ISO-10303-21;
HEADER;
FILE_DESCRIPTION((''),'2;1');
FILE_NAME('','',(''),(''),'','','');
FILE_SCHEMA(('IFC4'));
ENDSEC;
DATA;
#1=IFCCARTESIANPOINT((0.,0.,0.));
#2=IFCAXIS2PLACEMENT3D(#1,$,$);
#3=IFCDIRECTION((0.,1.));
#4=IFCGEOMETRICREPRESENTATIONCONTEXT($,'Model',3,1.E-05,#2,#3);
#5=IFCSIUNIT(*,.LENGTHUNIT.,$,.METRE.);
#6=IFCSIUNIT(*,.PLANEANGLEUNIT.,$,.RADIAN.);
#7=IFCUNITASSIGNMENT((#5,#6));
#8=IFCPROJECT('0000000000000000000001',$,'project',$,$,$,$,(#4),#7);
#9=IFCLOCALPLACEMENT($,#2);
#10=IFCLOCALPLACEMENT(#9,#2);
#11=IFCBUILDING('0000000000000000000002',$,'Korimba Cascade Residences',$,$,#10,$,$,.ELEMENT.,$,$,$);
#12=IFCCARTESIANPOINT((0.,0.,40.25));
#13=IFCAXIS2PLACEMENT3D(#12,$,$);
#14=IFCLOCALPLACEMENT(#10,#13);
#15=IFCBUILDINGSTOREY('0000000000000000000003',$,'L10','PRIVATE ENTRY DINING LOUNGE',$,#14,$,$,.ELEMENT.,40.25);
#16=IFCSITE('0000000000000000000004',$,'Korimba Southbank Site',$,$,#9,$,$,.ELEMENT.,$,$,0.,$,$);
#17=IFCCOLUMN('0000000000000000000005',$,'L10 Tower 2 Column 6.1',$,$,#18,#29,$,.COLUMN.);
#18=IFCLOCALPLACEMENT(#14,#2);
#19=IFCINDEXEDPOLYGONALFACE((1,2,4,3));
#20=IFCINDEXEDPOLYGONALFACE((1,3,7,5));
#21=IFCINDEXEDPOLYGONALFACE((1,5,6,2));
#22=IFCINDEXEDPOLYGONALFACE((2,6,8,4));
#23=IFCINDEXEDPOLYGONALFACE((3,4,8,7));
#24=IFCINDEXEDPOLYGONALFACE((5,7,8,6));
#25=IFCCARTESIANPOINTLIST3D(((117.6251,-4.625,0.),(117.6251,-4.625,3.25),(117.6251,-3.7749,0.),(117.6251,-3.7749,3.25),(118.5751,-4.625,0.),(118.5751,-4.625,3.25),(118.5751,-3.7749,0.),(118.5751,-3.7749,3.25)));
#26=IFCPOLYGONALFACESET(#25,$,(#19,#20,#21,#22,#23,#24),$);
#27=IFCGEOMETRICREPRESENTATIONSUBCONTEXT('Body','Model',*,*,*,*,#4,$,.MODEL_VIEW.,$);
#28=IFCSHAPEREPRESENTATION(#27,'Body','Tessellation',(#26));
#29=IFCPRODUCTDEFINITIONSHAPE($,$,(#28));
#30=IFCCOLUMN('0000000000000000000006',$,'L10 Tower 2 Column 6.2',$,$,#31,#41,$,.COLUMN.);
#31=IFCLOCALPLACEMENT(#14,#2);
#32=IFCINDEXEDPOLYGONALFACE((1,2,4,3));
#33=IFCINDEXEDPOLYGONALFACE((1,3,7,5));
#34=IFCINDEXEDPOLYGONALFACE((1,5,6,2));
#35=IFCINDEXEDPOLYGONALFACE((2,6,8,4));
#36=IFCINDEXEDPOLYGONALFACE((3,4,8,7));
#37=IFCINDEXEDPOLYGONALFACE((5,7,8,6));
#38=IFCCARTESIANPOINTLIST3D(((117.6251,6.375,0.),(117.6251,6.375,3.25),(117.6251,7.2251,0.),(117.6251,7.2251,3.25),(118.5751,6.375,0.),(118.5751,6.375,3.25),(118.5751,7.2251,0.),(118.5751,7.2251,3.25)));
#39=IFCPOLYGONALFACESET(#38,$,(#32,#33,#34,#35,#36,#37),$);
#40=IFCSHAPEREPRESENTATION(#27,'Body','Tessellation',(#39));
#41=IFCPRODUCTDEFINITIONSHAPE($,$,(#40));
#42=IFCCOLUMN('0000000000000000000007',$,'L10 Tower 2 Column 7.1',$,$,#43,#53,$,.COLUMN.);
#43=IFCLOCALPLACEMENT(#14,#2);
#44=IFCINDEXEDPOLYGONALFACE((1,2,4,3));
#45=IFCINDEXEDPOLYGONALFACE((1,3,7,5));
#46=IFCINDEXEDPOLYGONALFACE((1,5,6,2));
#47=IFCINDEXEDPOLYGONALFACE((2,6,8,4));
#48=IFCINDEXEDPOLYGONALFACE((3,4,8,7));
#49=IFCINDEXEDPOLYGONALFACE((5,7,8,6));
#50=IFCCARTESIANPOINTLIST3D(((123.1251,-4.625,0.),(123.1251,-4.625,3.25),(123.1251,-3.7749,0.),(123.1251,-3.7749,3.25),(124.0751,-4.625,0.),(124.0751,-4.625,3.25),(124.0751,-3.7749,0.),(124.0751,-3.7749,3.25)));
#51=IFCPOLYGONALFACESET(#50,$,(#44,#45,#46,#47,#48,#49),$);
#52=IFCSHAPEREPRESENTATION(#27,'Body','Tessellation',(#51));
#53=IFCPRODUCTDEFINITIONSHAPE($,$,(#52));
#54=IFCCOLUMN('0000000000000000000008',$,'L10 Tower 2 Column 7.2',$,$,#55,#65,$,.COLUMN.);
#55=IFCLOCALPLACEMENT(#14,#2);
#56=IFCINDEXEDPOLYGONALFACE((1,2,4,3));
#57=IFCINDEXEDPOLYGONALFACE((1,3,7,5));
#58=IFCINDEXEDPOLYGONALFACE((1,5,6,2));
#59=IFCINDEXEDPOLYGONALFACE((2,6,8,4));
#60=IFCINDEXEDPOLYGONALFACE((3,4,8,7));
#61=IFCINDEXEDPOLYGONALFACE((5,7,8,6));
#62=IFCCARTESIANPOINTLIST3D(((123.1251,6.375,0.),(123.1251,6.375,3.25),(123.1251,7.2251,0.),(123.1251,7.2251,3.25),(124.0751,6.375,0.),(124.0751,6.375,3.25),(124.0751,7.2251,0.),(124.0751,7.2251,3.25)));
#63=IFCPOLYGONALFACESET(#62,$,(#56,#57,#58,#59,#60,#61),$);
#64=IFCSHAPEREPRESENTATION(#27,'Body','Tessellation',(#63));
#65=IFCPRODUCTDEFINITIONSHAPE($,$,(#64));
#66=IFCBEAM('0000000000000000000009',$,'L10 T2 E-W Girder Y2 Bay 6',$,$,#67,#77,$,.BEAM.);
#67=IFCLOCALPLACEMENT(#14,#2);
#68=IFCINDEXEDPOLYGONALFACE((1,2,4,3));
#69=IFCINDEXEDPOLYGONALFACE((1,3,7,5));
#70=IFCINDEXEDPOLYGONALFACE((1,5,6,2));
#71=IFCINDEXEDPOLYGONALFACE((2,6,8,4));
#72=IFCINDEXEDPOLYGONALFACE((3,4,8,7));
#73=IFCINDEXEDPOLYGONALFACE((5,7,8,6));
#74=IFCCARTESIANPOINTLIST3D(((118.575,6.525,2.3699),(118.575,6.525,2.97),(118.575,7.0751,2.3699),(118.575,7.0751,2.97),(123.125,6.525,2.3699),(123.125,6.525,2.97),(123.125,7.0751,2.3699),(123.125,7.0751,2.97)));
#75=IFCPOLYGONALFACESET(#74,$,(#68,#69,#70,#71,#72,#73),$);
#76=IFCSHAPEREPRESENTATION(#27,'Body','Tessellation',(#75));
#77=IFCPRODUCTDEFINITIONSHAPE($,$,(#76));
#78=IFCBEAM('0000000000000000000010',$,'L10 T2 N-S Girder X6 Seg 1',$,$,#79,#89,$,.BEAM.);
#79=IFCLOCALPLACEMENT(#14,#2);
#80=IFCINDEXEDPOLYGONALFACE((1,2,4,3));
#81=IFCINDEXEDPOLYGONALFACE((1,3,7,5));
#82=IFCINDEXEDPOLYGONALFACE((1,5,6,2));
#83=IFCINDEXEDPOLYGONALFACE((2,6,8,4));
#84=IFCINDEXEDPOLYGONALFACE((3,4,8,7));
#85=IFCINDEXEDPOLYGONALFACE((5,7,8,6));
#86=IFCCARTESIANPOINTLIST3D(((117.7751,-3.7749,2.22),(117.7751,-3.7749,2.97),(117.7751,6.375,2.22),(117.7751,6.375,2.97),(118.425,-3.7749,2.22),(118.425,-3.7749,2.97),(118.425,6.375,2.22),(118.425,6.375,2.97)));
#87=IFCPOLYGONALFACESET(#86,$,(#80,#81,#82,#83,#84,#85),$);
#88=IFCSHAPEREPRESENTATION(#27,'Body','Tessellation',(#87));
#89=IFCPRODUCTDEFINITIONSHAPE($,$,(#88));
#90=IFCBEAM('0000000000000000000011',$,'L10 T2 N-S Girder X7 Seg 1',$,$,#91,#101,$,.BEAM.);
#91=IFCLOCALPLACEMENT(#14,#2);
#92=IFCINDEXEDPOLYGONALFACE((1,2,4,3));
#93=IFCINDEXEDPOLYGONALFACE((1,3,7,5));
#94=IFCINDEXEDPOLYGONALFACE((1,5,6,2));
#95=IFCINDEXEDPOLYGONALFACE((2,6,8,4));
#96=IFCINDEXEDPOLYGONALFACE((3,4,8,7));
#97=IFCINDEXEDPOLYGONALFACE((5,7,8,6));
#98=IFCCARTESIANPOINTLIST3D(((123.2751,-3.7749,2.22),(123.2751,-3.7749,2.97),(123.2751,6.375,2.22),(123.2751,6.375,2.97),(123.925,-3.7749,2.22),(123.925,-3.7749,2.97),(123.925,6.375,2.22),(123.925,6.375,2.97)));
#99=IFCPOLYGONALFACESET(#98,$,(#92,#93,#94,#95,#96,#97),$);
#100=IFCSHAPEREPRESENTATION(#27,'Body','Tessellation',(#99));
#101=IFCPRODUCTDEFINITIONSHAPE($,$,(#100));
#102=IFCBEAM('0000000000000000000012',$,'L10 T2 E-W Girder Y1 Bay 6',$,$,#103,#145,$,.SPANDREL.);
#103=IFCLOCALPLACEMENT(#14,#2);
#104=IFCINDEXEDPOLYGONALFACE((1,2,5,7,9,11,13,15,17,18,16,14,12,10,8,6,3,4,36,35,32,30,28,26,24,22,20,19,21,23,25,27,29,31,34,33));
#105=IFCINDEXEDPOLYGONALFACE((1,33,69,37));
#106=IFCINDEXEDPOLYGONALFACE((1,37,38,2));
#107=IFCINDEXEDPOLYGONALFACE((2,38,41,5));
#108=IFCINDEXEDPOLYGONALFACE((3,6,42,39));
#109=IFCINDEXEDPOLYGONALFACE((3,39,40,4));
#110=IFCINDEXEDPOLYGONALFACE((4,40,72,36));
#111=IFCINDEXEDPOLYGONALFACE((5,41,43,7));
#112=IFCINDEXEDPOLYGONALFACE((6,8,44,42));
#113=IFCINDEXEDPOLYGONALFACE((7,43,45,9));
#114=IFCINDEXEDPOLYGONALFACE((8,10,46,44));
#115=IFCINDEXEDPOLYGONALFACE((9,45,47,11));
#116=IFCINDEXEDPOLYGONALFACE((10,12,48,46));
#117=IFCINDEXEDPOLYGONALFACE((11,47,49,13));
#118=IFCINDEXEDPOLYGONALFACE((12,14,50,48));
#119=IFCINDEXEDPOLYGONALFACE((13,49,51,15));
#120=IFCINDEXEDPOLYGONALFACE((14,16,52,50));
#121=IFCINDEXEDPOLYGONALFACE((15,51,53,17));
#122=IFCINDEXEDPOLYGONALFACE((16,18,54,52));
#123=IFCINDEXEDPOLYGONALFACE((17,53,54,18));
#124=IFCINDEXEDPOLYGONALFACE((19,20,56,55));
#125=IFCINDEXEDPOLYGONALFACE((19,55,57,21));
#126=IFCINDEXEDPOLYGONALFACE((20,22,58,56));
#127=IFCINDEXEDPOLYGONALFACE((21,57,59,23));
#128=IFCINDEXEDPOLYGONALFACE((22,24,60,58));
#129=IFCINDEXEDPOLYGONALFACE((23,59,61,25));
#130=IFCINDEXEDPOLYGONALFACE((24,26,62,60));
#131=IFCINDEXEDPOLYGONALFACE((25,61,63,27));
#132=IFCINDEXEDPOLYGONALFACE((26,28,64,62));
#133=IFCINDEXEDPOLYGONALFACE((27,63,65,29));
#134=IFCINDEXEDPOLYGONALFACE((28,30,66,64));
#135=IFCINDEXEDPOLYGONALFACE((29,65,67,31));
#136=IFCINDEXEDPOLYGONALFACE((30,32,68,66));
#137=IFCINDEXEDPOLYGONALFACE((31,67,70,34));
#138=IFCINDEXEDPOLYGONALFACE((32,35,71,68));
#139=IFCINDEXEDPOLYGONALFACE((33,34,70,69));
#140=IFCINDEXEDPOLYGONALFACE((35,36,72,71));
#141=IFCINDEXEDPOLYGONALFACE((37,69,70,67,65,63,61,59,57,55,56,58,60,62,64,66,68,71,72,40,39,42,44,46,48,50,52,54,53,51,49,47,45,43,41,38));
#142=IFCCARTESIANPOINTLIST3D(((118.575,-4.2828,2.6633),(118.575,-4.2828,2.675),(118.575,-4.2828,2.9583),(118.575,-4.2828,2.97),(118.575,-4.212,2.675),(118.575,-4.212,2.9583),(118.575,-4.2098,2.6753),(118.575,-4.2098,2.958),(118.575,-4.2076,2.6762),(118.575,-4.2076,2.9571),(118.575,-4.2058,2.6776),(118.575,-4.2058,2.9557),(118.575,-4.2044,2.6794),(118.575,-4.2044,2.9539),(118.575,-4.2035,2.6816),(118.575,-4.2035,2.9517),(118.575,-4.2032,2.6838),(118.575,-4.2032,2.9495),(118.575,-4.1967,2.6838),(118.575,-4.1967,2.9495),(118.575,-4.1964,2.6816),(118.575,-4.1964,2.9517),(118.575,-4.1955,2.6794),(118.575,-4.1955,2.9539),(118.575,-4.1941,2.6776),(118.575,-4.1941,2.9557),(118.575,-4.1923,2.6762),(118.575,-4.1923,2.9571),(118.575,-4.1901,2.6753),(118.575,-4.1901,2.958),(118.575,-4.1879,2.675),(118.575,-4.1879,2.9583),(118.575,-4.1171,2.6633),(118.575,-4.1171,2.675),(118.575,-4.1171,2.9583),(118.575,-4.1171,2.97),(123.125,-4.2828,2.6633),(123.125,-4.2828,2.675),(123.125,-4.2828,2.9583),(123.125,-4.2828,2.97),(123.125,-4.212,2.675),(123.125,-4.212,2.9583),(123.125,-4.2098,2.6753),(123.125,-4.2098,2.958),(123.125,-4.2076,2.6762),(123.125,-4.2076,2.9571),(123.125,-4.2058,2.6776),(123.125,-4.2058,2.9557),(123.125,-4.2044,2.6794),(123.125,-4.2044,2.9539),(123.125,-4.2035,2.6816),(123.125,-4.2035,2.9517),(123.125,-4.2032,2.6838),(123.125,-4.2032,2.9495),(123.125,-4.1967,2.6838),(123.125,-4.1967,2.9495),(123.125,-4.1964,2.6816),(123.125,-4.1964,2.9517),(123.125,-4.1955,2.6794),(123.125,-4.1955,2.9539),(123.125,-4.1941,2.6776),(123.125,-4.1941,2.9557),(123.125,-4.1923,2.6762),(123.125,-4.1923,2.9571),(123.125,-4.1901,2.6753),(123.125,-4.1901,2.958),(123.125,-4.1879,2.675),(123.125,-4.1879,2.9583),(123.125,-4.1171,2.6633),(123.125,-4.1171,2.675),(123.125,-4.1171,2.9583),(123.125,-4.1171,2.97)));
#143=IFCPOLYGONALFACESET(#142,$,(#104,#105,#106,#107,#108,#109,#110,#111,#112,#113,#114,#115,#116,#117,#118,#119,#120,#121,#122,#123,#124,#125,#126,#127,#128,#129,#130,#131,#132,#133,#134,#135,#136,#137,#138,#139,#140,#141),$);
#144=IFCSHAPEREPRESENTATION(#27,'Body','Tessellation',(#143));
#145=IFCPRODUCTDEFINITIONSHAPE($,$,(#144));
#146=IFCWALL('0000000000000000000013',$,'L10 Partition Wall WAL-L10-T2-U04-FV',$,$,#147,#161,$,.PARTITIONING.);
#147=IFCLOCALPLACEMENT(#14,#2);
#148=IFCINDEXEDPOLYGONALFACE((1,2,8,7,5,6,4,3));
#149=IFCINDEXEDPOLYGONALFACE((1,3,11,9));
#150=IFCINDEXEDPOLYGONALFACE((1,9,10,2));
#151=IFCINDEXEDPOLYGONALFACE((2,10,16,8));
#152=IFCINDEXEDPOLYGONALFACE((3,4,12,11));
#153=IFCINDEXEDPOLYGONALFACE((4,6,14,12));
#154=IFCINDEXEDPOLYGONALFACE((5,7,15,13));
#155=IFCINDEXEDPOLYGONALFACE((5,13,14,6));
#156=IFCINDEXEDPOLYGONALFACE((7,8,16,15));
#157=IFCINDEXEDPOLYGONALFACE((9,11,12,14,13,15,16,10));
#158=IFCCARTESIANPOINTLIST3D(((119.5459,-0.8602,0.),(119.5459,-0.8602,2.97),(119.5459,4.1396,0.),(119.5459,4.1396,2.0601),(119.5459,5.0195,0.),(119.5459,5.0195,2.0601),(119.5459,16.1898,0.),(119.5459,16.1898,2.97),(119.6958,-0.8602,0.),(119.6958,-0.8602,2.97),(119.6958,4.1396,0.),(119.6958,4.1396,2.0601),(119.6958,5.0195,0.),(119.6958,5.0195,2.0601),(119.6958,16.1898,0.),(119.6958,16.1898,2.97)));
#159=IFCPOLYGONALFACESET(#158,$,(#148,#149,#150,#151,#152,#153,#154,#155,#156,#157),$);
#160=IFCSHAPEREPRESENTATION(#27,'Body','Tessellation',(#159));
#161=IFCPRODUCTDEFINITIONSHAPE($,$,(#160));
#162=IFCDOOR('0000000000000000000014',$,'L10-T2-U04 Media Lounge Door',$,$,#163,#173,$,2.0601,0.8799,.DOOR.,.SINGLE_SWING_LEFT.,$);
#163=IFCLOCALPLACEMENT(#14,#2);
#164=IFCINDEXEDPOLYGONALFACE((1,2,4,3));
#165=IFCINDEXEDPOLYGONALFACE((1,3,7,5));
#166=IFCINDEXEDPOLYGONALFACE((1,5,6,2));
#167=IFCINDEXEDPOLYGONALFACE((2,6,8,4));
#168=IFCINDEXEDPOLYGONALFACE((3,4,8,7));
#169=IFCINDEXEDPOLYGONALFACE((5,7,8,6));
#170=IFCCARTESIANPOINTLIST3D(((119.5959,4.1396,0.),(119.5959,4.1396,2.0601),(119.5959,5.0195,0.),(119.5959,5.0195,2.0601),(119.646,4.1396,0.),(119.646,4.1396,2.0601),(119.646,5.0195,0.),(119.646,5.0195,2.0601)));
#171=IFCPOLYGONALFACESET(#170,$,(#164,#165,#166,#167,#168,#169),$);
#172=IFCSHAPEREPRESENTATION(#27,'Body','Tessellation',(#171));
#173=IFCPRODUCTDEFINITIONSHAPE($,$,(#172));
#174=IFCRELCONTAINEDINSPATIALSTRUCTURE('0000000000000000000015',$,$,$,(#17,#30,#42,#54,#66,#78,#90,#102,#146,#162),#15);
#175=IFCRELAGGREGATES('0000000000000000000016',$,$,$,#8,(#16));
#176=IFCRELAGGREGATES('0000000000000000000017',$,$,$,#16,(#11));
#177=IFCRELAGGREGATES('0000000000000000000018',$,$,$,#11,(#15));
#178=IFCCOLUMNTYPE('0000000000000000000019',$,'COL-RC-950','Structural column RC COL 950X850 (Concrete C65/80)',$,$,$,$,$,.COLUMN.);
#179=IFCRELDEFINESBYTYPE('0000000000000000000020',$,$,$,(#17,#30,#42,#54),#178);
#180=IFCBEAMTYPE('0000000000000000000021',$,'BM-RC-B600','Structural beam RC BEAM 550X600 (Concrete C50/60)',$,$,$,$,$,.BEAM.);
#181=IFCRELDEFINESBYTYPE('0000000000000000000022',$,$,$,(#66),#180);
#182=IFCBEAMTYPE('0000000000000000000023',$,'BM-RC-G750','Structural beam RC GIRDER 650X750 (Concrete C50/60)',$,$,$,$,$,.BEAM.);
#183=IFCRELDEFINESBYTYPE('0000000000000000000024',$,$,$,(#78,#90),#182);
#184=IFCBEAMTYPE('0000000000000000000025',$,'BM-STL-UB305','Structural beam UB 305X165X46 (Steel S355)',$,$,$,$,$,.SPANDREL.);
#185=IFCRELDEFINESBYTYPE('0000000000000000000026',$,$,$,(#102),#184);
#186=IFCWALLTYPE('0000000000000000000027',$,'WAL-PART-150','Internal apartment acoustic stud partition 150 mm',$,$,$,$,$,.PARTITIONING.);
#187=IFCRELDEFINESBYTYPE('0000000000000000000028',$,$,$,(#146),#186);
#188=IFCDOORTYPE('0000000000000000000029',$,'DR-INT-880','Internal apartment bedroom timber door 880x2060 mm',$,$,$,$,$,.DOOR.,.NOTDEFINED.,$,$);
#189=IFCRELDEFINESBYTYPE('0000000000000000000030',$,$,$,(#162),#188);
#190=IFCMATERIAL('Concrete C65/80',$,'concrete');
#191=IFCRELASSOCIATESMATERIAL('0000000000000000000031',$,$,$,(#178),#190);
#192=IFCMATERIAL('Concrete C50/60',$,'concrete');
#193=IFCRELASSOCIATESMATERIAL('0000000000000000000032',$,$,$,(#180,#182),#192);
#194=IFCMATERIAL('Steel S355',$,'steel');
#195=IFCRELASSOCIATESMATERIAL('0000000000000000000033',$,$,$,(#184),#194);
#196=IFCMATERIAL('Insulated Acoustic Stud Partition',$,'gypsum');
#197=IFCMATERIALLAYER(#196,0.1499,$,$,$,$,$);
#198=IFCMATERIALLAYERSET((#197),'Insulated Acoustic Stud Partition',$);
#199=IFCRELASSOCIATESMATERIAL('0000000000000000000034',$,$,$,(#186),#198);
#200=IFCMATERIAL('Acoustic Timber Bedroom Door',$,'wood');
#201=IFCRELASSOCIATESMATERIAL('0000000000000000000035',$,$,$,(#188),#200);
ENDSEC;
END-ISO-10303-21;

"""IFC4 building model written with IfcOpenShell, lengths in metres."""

from ifc_helpers import new_model, si_unit, direction, frame, frame_2d, origin, origin_2d, place, context, subcontext, project, spatial, rectangle, i_section, extrude, material, layer, layer_set, material_profile, profile_set, type_object, element, fill, save


model = new_model("IFC4")

# Units and contexts
model_context = context("Model", 3, precision=1e-05, world=origin(), true_north=direction((0.0, 1.0)))
body_context = subcontext(model_context, "Body", "Model", "MODEL_VIEW")
ifc_project = project(units=[si_unit("LENGTHUNIT", "METRE"), si_unit("PLANEANGLEUNIT", "RADIAN")], contexts=[model_context])

# Site, building, storey
site_placement = place(None, origin())
site = spatial("IfcSite", under=ifc_project, at=site_placement, Name="Korimba Southbank Site", CompositionType="ELEMENT", RefElevation=0.0)
building_placement = place(site_placement, origin())
building = spatial("IfcBuilding", under=site, at=building_placement, Name="Korimba Cascade Residences", CompositionType="ELEMENT")
storey_placement = place(building_placement, frame((0.0, 0.0, 40.25)))
storey = spatial("IfcBuildingStorey", under=building, at=storey_placement, Name="L10", Description="PRIVATE ENTRY DINING LOUNGE", CompositionType="ELEMENT", Elevation=40.25)

# Columns
ifc_material_1 = material(Name="Concrete C65/80", Category="concrete")
ifc_material_profile_1 = material_profile(ifc_material_1, rectangle(XDim=0.95, YDim=0.8501, at=origin_2d()), Name="Concrete C65/80")
ifc_profile_set_1 = profile_set([ifc_material_profile_1], Name="Concrete C65/80")
column_type = type_object("IfcColumnType", Name="COL-RC-950", Description="Structural column RC COL 950X850 (Concrete C65/80)", PredefinedType="COLUMN", material=ifc_profile_set_1)
for number, where, z_axis, x_axis, name in (
    (1, (118.1001, -4.2, 0.0), (0.0, 0.0, 1.0), (1.0, 0.0, 0.0), "L10 Tower 2 Column 6.1"),
    (2, (118.1001, 6.8, 0.0), (0.0, 0.0, 1.0), (1.0, 0.0, 0.0), "L10 Tower 2 Column 6.2"),
    (3, (123.6001, -4.2, 0.0), (0.0, 0.0, 1.0), (1.0, 0.0, 0.0), "L10 Tower 2 Column 7.1"),
    (4, (123.6001, 6.8, 0.0), (0.0, 0.0, 1.0), (1.0, 0.0, 0.0), "L10 Tower 2 Column 7.2"),
):
    element("IfcColumn", number, at=place(storey_placement, frame(where, z_axis=z_axis, x_axis=x_axis)), inside=storey, type_object=column_type, Name=name, PredefinedType="COLUMN", context=body_context, shape_type="SweptSolid", body=[
        extrude(rectangle(XDim=0.95, YDim=0.8501, at=origin_2d()), origin(), (0.0, 0.0, 1.0), 3.25),
    ])

# Beams
ifc_material_2 = material(Name="Concrete C50/60", Category="concrete")
ifc_material_profile_2 = material_profile(ifc_material_2, rectangle(XDim=0.55, YDim=0.6001, at=origin_2d()), Name="Concrete C50/60")
ifc_profile_set_2 = profile_set([ifc_material_profile_2], Name="Concrete C50/60")
beam_type_1 = type_object("IfcBeamType", Name="BM-RC-B600", Description="Structural beam RC BEAM 550X600 (Concrete C50/60)", PredefinedType="BEAM", material=ifc_profile_set_2)
beam_1_placement = place(storey_placement, frame((118.575, 6.8, 2.6699), z_axis=(1.0, 0.0, 0.0), x_axis=(0.0, 1.0, 0.0)))
element("IfcBeam", 5, at=beam_1_placement, inside=storey, type_object=beam_type_1, Name="L10 T2 E-W Girder Y2 Bay 6", PredefinedType="BEAM", context=body_context, shape_type="SweptSolid", body=[
    extrude(rectangle(XDim=0.55, YDim=0.6001, at=origin_2d()), origin(), (0.0, 0.0, 1.0), 4.55),
])
ifc_material_profile_3 = material_profile(ifc_material_2, rectangle(XDim=0.6499, YDim=0.75, at=origin_2d()), Name="Concrete C50/60")
ifc_profile_set_3 = profile_set([ifc_material_profile_3], Name="Concrete C50/60")
beam_type_2 = type_object("IfcBeamType", Name="BM-RC-G750", Description="Structural beam RC GIRDER 650X750 (Concrete C50/60)", PredefinedType="BEAM", material=ifc_profile_set_3)
for number, where, z_axis, x_axis, name in (
    (6, (118.1001, -3.7749, 2.595), (0.0, 1.0, 0.0), (-1.0, 0.0, 0.0), "L10 T2 N-S Girder X6 Seg 1"),
    (7, (123.6001, -3.7749, 2.595), (0.0, 1.0, 0.0), (-1.0, 0.0, 0.0), "L10 T2 N-S Girder X7 Seg 1"),
):
    element("IfcBeam", number, at=place(storey_placement, frame(where, z_axis=z_axis, x_axis=x_axis)), inside=storey, type_object=beam_type_2, Name=name, PredefinedType="BEAM", context=body_context, shape_type="SweptSolid", body=[
        extrude(rectangle(XDim=0.6499, YDim=0.75, at=origin_2d()), origin(), (0.0, 0.0, 1.0), 10.1499),
    ])
ifc_material_3 = material(Name="Steel S355", Category="steel")
ifc_material_profile_4 = material_profile(ifc_material_3, i_section(OverallWidth=0.1658, OverallDepth=0.3066, WebThickness=0.0066, FlangeThickness=0.0117, FilletRadius=0.0088, at=origin_2d()), Name="Steel S355")
ifc_profile_set_4 = profile_set([ifc_material_profile_4], Name="Steel S355")
beam_type_3 = type_object("IfcBeamType", Name="BM-STL-UB305", Description="Structural beam UB 305X165X46 (Steel S355)", PredefinedType="SPANDREL", material=ifc_profile_set_4)
beam_2_placement = place(storey_placement, frame((118.575, -4.2, 2.8167), z_axis=(1.0, 0.0, 0.0), x_axis=(0.0, 1.0, 0.0)))
element("IfcBeam", 8, at=beam_2_placement, inside=storey, type_object=beam_type_3, Name="L10 T2 E-W Girder Y1 Bay 6", PredefinedType="SPANDREL", context=body_context, shape_type="SweptSolid", body=[
    extrude(i_section(OverallWidth=0.1658, OverallDepth=0.3066, WebThickness=0.0066, FlangeThickness=0.0117, FilletRadius=0.0088, at=origin_2d()), origin(), (0.0, 0.0, 1.0), 4.55),
])

# Wall, opening, door
ifc_material_4 = material(Name="Insulated Acoustic Stud Partition", Category="gypsum")
ifc_layer = layer(ifc_material_4, 0.1499)
ifc_layer_set = layer_set([ifc_layer], Name="Insulated Acoustic Stud Partition")
wall_type = type_object("IfcWallType", Name="WAL-PART-150", Description="Internal apartment acoustic stud partition 150 mm", PredefinedType="PARTITIONING", material=ifc_layer_set)
wall_1_placement = place(storey_placement, frame((119.6208, -0.8601, 0.0), z_axis=(0.0, 0.0, 1.0), x_axis=(0.0, 1.0, 0.0)))
wall_1 = element("IfcWall", 9, at=wall_1_placement, inside=storey, type_object=wall_type, Name="L10 Partition Wall WAL-L10-T2-U04-FV", PredefinedType="PARTITIONING", context=body_context, shape_type="SweptSolid", body=[
    extrude(rectangle(XDim=17.05, YDim=0.1499, at=frame_2d((8.5249, 0.0))), origin(), (0.0, 0.0, 1.0), 2.97),
])
opening_1_placement = place(wall_1_placement, frame((4.9998, 0.0, 0.0)))
opening_1 = element("IfcOpeningElement", 10, at=opening_1_placement, cuts=wall_1, PredefinedType="OPENING", context=body_context, shape_type="SweptSolid", body=[
    extrude(rectangle(XDim=0.8799, YDim=2.0601, at=frame_2d((0.4399, 1.03))), frame((0.0, 0.085, 0.0), z_axis=(0.0, -1.0, 0.0), x_axis=(1.0, 0.0, 0.0)), (0.0, 0.0, 1.0), 0.1699),
])
ifc_material_5 = material(Name="Acoustic Timber Bedroom Door", Category="wood")
door_type_1 = type_object("IfcDoorType", Name="DR-INT-880", Description="Internal apartment bedroom timber door 880x2060 mm", OperationType="NOTDEFINED", PredefinedType="DOOR", material=ifc_material_5)
door_1_placement = place(opening_1_placement, origin())
door_1 = element("IfcDoor", 11, at=door_1_placement, inside=storey, type_object=door_type_1, Name="L10-T2-U04 Media Lounge Door", OperationType="SINGLE_SWING_LEFT", OverallHeight=2.0601, OverallWidth=0.8799, PredefinedType="DOOR", context=body_context, shape_type="SweptSolid", body=[
    extrude(rectangle(XDim=0.8799, YDim=2.0601, at=frame_2d((0.4399, 1.03))), frame((0.0, 0.0249, 0.0), z_axis=(0.0, -1.0, 0.0), x_axis=(1.0, 0.0, 0.0)), (0.0, 0.0, 1.0), 0.05),
])
fill(opening_1, door_1)

save(model, "model.ifc")
